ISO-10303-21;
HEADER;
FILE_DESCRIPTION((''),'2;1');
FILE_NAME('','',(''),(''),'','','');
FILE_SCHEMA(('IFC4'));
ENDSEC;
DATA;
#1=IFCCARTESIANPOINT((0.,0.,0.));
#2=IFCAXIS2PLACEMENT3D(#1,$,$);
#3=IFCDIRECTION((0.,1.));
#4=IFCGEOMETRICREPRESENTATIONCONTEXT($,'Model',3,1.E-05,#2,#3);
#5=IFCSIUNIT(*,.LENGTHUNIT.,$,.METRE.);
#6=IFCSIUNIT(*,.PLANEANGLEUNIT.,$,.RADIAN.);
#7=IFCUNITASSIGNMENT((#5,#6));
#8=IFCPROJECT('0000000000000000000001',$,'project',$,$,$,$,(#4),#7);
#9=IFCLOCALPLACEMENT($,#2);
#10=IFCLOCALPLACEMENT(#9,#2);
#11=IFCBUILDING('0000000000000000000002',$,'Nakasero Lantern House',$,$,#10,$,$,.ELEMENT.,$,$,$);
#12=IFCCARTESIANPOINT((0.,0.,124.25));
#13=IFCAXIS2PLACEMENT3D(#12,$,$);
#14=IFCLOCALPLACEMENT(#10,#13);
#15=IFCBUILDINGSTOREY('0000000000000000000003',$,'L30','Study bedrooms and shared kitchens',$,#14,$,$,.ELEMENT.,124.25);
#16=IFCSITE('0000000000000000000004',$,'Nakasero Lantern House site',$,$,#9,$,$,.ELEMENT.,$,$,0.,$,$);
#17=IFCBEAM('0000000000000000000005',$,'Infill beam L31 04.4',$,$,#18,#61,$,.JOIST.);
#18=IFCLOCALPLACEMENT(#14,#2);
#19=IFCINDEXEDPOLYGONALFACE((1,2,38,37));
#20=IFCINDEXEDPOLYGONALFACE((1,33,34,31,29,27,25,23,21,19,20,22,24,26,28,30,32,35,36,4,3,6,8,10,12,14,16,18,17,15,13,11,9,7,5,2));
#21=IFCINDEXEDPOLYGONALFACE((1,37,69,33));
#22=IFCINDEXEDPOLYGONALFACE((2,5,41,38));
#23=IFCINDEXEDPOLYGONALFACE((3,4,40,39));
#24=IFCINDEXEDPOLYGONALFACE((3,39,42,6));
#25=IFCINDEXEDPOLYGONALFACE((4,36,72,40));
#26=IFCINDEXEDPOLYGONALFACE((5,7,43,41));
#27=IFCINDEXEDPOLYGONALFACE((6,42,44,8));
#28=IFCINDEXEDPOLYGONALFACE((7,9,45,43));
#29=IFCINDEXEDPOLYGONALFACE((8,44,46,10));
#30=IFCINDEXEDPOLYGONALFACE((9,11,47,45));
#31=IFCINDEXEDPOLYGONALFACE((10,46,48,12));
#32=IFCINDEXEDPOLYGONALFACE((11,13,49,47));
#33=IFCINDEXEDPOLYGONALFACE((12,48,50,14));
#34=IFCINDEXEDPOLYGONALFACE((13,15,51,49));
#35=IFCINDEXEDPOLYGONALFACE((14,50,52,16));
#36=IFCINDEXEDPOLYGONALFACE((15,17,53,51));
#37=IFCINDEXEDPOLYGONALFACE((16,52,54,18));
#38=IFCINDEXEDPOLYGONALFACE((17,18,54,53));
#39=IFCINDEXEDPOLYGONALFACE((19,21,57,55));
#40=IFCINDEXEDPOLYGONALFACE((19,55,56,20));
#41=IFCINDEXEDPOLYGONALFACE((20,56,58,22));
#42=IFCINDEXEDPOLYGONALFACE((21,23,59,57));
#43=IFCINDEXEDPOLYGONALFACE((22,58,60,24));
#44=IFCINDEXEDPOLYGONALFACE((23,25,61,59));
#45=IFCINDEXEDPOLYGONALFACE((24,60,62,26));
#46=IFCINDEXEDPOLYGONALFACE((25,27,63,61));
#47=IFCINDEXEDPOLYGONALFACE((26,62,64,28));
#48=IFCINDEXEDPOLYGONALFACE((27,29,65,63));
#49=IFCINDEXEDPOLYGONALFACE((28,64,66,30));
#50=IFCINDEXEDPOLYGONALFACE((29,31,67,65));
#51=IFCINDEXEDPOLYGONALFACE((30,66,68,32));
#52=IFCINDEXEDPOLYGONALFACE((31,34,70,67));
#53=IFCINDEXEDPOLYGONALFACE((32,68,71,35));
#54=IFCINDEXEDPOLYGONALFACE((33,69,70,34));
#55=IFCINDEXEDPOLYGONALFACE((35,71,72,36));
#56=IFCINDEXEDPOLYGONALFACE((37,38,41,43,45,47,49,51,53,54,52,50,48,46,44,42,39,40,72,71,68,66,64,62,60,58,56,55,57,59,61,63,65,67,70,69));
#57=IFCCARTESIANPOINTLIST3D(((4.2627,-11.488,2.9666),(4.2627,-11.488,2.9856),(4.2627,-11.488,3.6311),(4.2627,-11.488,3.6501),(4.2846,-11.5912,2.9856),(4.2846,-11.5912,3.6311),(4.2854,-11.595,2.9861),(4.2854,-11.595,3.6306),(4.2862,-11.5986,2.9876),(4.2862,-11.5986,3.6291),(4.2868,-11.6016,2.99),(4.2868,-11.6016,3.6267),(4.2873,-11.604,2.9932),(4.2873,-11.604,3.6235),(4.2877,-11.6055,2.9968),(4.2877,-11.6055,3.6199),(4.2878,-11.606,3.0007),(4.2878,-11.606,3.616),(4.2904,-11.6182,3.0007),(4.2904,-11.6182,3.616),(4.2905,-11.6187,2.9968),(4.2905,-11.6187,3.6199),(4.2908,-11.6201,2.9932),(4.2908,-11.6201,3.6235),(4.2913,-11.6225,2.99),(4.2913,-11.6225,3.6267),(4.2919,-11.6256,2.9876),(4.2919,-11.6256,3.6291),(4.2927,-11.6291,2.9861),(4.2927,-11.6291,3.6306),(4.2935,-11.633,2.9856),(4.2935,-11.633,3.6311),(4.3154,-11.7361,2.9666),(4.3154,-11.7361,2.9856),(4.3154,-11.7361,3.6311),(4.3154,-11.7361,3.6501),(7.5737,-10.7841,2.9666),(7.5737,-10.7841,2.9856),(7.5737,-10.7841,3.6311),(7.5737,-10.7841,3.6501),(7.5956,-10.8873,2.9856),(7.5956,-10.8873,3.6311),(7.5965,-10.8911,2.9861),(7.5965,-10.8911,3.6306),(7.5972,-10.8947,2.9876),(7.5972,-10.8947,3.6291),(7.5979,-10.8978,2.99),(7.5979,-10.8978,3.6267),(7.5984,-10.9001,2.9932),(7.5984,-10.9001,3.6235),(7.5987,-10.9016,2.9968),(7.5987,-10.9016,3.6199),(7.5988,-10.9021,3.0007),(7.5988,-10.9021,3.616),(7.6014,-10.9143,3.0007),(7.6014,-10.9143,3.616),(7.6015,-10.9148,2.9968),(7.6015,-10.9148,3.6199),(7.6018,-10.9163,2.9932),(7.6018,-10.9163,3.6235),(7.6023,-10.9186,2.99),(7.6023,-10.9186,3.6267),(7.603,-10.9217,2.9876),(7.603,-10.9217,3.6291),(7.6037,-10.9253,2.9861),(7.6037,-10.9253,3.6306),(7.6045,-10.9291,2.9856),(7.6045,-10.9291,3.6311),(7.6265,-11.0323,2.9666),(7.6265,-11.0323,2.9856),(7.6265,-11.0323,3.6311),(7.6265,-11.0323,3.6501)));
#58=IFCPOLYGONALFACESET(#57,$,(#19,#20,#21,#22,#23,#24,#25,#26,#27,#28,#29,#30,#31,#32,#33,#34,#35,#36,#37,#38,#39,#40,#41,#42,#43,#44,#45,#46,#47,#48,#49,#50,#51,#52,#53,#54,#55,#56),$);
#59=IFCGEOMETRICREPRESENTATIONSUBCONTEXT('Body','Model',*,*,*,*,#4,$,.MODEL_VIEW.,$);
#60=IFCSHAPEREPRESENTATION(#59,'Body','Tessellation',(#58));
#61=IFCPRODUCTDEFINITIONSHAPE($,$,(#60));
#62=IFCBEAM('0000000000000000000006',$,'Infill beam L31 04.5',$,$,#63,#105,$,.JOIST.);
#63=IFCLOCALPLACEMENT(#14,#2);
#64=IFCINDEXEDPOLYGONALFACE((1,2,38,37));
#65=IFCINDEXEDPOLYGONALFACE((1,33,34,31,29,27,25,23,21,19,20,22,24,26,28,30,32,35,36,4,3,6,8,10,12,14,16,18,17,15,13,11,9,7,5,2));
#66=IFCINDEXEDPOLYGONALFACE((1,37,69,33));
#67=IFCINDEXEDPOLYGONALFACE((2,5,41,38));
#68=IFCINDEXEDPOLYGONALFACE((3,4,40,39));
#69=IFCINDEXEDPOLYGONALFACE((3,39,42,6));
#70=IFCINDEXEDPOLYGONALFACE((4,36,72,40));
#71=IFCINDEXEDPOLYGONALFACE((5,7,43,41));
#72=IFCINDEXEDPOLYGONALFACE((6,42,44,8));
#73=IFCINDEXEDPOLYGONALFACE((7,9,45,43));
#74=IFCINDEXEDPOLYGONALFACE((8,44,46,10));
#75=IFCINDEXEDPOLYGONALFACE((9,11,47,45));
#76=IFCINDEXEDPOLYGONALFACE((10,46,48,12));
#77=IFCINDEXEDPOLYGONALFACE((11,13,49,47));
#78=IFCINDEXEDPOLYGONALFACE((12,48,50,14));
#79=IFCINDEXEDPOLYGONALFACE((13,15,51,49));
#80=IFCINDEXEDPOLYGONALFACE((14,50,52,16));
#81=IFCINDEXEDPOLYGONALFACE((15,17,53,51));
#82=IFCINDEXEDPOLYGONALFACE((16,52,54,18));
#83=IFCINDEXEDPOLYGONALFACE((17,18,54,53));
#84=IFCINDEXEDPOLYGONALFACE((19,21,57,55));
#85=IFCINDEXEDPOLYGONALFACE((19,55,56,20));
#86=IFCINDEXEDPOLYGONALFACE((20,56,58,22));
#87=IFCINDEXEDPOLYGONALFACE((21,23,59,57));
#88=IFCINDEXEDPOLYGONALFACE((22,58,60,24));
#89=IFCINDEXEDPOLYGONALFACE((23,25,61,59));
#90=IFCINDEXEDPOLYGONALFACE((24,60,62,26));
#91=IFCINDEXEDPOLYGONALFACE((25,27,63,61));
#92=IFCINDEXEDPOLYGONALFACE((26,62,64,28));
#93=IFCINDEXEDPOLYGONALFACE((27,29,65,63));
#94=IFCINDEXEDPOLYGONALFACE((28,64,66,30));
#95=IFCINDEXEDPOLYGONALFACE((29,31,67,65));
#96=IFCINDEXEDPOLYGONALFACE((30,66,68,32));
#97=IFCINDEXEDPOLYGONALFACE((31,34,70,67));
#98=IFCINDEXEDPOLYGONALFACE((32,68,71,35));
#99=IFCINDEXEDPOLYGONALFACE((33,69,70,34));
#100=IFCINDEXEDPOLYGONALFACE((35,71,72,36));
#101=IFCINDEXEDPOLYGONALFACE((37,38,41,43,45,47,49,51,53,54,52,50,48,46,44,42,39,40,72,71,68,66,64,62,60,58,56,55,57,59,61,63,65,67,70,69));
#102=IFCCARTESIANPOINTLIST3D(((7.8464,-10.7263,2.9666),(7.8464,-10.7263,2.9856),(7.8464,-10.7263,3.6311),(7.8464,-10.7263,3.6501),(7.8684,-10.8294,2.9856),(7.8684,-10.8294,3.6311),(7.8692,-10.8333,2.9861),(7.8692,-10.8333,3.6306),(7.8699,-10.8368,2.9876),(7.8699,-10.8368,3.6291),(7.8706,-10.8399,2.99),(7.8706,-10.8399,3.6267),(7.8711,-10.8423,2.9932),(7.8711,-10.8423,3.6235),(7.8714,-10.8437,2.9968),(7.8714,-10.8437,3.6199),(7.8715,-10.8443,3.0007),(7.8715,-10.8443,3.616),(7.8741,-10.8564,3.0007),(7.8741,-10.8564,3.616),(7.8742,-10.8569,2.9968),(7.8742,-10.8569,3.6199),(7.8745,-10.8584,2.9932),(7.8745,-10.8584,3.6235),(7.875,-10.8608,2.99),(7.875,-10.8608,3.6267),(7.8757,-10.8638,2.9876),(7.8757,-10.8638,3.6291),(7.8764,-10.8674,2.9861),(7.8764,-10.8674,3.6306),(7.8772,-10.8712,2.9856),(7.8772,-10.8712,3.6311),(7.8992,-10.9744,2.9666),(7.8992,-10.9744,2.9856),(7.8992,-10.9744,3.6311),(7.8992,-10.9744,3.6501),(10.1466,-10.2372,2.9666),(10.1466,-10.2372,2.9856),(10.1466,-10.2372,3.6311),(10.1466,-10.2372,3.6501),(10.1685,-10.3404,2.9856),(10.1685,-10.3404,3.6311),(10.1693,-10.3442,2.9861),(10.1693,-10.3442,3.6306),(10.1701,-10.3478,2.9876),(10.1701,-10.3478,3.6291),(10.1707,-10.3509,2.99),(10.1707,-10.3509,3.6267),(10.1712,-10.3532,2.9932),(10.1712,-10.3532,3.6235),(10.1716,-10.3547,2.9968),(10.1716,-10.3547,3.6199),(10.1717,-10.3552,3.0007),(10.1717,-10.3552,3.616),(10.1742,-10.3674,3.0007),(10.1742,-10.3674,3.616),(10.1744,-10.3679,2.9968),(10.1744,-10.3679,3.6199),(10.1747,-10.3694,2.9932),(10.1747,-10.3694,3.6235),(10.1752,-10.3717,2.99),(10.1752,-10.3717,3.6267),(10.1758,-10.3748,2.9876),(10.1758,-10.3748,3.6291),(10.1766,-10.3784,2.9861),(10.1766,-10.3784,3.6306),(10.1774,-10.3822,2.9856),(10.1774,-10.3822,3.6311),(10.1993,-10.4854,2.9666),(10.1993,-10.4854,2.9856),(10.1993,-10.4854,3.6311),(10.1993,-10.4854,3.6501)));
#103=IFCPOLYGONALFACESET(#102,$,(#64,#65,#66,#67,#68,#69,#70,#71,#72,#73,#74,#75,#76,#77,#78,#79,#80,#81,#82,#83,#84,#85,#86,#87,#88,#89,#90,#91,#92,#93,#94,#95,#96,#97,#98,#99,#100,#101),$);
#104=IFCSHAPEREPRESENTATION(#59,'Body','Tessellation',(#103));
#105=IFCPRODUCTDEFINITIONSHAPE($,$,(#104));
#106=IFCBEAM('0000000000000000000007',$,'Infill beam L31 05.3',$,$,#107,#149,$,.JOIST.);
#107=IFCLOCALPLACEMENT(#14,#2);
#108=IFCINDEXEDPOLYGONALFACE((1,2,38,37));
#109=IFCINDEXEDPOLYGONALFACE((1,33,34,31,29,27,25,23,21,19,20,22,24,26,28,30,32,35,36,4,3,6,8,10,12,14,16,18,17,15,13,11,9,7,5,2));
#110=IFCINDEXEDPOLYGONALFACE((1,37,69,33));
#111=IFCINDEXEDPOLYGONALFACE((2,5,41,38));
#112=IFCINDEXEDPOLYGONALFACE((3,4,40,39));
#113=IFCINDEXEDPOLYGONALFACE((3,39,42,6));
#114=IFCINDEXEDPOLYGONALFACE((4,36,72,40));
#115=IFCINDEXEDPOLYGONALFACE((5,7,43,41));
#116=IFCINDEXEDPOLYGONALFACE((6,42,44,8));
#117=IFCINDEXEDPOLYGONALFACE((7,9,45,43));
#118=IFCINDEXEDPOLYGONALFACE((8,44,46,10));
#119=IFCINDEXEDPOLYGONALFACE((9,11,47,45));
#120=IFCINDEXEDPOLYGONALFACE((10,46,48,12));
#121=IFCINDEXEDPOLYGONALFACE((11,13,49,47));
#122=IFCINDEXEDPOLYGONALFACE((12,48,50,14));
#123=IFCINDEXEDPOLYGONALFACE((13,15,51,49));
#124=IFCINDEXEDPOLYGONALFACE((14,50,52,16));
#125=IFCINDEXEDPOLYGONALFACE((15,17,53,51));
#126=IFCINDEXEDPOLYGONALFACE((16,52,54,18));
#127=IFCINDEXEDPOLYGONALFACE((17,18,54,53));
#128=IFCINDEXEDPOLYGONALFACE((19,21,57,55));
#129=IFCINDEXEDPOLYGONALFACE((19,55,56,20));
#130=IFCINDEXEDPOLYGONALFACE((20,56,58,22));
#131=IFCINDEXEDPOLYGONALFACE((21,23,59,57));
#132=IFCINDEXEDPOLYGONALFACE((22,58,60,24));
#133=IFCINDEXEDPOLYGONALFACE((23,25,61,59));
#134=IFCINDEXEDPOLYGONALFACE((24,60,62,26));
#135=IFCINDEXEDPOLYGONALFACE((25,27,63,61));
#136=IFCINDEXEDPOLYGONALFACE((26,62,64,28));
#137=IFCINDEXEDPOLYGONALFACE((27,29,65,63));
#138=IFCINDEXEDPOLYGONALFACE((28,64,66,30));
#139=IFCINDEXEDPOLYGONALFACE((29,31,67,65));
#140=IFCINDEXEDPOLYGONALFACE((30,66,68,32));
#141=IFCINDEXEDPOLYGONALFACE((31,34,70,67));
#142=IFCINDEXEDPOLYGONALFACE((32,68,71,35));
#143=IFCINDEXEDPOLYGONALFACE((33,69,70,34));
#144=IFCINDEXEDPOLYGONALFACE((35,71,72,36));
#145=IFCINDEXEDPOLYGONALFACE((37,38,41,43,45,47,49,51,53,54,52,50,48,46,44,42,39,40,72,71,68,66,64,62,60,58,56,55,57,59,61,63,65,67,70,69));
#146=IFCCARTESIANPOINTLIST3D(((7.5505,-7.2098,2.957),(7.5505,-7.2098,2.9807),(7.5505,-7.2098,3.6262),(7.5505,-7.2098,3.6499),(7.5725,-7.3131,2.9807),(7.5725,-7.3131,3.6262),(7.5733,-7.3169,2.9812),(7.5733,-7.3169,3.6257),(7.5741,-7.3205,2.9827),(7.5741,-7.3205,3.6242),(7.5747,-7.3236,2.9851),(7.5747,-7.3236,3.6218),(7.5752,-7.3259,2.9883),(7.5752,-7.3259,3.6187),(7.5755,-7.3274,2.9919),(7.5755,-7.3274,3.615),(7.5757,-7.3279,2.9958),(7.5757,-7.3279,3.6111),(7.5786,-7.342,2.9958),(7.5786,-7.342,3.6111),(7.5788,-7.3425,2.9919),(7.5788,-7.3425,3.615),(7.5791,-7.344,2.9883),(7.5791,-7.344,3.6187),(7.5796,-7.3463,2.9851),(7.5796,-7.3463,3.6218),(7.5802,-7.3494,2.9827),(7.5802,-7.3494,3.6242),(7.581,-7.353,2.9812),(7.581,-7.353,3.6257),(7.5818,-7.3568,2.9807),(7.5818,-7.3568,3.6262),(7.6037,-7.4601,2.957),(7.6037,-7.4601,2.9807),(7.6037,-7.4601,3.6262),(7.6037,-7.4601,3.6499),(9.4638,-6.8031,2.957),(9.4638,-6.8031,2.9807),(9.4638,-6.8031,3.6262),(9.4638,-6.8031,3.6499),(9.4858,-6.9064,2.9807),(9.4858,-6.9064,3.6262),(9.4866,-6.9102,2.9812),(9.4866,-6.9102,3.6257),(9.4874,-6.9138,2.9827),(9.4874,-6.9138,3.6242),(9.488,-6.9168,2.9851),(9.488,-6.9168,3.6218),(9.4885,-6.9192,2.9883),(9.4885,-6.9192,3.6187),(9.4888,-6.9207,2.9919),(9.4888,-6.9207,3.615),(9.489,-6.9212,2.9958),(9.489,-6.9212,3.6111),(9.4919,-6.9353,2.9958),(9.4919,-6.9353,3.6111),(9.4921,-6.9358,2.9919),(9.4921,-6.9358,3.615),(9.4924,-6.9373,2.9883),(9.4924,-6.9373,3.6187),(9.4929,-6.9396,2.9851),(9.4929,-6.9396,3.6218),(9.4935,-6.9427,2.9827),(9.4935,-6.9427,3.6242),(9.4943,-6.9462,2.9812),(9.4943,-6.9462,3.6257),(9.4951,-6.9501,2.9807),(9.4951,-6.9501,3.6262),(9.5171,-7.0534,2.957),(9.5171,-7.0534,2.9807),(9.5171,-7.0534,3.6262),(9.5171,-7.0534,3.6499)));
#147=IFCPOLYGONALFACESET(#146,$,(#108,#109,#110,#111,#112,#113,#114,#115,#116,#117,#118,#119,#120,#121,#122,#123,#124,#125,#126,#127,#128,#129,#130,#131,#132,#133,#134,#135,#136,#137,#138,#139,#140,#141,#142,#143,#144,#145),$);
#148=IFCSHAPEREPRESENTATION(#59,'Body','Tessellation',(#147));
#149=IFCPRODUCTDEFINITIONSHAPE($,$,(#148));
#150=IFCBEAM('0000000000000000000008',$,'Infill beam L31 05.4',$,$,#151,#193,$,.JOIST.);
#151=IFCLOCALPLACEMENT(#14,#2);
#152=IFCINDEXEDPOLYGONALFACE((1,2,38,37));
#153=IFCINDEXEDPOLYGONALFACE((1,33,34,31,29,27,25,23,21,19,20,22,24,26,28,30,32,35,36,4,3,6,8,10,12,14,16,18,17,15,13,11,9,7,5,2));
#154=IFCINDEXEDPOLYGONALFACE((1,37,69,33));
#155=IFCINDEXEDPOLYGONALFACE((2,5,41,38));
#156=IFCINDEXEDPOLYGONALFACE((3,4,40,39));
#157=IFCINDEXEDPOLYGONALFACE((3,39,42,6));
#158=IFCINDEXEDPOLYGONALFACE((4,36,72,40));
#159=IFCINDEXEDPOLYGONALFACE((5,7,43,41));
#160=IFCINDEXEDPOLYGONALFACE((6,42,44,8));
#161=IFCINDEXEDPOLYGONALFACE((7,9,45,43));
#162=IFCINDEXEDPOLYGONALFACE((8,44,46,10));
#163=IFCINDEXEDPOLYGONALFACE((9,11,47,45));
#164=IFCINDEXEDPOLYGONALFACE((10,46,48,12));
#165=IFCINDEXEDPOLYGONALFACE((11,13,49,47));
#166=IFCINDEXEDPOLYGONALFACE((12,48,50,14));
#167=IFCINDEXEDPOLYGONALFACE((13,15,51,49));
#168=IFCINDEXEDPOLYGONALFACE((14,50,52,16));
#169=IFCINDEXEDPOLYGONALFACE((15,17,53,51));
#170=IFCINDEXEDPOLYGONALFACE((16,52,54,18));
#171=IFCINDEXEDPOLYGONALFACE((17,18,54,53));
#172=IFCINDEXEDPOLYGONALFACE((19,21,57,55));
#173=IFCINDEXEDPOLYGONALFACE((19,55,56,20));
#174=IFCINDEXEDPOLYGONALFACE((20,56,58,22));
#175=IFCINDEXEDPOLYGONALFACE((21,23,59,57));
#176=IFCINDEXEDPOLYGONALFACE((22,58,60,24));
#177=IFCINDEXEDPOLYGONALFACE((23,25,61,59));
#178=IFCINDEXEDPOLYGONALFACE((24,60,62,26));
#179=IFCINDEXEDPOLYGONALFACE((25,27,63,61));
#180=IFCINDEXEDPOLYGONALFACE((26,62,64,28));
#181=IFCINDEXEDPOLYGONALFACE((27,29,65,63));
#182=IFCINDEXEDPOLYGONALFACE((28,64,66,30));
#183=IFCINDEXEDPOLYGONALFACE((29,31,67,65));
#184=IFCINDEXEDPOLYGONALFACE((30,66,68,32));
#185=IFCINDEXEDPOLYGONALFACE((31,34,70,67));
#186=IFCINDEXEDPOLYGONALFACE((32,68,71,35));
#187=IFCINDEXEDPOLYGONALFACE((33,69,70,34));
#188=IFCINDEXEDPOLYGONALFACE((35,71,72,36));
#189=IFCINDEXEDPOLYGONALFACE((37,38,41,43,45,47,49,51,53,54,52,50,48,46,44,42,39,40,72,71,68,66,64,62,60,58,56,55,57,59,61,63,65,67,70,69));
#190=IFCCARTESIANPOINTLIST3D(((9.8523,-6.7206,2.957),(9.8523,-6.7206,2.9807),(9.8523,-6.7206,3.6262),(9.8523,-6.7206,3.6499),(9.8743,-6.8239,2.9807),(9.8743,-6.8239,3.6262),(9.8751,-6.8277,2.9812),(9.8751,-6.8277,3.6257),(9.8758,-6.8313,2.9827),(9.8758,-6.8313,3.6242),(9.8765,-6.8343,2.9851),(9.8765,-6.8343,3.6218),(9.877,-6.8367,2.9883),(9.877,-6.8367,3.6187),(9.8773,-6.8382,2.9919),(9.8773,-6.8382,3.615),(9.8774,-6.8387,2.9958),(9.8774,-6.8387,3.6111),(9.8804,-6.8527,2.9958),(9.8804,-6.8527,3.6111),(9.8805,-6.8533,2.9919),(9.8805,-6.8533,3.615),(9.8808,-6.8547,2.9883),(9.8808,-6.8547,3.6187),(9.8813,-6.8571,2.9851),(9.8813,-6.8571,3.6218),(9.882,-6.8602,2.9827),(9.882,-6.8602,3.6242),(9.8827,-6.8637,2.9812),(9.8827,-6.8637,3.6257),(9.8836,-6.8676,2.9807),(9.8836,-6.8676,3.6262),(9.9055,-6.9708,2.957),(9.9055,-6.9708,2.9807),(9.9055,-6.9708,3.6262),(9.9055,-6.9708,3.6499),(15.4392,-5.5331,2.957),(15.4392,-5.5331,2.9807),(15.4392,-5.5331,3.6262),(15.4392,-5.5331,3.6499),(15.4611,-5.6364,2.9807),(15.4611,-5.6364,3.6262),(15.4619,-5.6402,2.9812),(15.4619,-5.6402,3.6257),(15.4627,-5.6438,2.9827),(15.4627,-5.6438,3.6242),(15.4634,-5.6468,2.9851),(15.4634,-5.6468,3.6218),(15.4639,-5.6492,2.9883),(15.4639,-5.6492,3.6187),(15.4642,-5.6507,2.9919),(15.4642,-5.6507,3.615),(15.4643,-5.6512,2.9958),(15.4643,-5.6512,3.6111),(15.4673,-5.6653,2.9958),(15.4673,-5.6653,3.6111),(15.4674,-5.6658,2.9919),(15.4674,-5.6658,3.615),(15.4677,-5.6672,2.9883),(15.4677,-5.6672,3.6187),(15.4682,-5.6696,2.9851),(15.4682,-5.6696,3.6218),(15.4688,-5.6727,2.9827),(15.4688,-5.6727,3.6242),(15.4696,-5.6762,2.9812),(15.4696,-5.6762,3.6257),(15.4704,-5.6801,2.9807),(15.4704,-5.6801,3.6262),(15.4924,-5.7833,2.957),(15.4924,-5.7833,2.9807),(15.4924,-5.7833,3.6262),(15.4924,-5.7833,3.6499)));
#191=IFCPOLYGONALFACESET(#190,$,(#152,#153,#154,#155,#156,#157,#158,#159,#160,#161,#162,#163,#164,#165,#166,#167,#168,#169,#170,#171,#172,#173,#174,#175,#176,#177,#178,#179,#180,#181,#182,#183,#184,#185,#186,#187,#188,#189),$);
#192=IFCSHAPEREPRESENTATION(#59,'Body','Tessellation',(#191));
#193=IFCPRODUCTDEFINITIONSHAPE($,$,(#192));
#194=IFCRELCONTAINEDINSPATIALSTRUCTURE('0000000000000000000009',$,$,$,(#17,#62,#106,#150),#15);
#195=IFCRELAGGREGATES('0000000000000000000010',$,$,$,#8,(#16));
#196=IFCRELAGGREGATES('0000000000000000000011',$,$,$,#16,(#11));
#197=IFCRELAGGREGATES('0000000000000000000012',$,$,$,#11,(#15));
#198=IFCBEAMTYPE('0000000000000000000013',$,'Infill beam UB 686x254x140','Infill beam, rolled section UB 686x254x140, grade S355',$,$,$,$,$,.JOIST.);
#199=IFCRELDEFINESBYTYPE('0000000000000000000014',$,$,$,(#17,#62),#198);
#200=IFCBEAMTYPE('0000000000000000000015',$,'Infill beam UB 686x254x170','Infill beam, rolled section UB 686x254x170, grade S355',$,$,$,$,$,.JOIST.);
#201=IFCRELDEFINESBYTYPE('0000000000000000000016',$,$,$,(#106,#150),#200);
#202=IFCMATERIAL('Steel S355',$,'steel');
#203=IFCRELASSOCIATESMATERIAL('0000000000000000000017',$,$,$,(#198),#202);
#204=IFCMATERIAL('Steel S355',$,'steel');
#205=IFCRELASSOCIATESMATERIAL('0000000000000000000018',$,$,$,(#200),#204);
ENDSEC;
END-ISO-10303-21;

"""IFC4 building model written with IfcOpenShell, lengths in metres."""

from ifc_helpers import new_model, si_unit, direction, frame, origin, origin_2d, place, context, subcontext, project, spatial, i_section, extrude, material, material_profile, profile_set, type_object, element, save


model = new_model("IFC4")

# Units and contexts
model_context = context("Model", 3, precision=1e-05, world=origin(), true_north=direction((0.0, 1.0)))
body_context = subcontext(model_context, "Body", "Model", "MODEL_VIEW")
ifc_project = project(units=[si_unit("LENGTHUNIT", "METRE"), si_unit("PLANEANGLEUNIT", "RADIAN")], contexts=[model_context])

# Site, building, storey
site_placement = place(None, origin())
site = spatial("IfcSite", under=ifc_project, at=site_placement, Name="Nakasero Lantern House site", CompositionType="ELEMENT", RefElevation=0.0)
building_placement = place(site_placement, origin())
building = spatial("IfcBuilding", under=site, at=building_placement, Name="Nakasero Lantern House", CompositionType="ELEMENT")
storey_placement = place(building_placement, frame((0.0, 0.0, 124.25)))
storey = spatial("IfcBuildingStorey", under=building, at=storey_placement, Name="L30", Description="Study bedrooms and shared kitchens", CompositionType="ELEMENT", Elevation=124.25)

# Beams
ifc_material_1 = material(Name="Steel S355", Category="steel")
ifc_material_profile_1 = material_profile(ifc_material_1, i_section(OverallWidth=0.2537, OverallDepth=0.6836, WebThickness=0.0125, FlangeThickness=0.019, FilletRadius=0.0151, at=origin_2d()), Name="UB 686x254x140")
ifc_profile_set_1 = profile_set([ifc_material_profile_1], Name="Steel S355")
beam_type_1 = type_object("IfcBeamType", Name="Infill beam UB 686x254x140", Description="Infill beam, rolled section UB 686x254x140, grade S355", PredefinedType="JOIST", material=ifc_profile_set_1)
beam_1_placement = place(storey_placement, frame((4.2891, -11.6121, 3.3083), z_axis=(0.978143, 0.207933, 0.0), x_axis=(-0.207933, 0.978143, 0.0)))
element("IfcBeam", 1, at=beam_1_placement, inside=storey, type_object=beam_type_1, Name="Infill beam L31 04.4", PredefinedType="JOIST", context=body_context, shape_type="SweptSolid", body=[
    extrude(i_section(OverallWidth=0.2537, OverallDepth=0.6836, WebThickness=0.0125, FlangeThickness=0.019, FilletRadius=0.0151, at=origin_2d()), origin(), (0.0, 0.0, 1.0), 3.385),
])
beam_2_placement = place(storey_placement, frame((7.8728, -10.8503, 3.3083), z_axis=(0.978137, 0.207962, 0.0), x_axis=(-0.207962, 0.978137, 0.0)))
element("IfcBeam", 2, at=beam_2_placement, inside=storey, type_object=beam_type_1, Name="Infill beam L31 04.5", PredefinedType="JOIST", context=body_context, shape_type="SweptSolid", body=[
    extrude(i_section(OverallWidth=0.2537, OverallDepth=0.6836, WebThickness=0.0125, FlangeThickness=0.019, FilletRadius=0.0151, at=origin_2d()), origin(), (0.0, 0.0, 1.0), 2.3516),
])
ifc_material_2 = material(Name="Steel S355", Category="steel")
ifc_material_profile_2 = material_profile(ifc_material_2, i_section(OverallWidth=0.2559, OverallDepth=0.6929, WebThickness=0.0144, FlangeThickness=0.0237, FilletRadius=0.0151, at=origin_2d()), Name="UB 686x254x170")
ifc_profile_set_2 = profile_set([ifc_material_profile_2], Name="Steel S355")
beam_type_2 = type_object("IfcBeamType", Name="Infill beam UB 686x254x170", Description="Infill beam, rolled section UB 686x254x170, grade S355", PredefinedType="JOIST", material=ifc_profile_set_2)
beam_3_placement = place(storey_placement, frame((7.5771, -7.335, 3.3035), z_axis=(0.978143, 0.207935, 0.0), x_axis=(-0.207935, 0.978143, 0.0)))
element("IfcBeam", 3, at=beam_3_placement, inside=storey, type_object=beam_type_2, Name="Infill beam L31 05.3", PredefinedType="JOIST", context=body_context, shape_type="SweptSolid", body=[
    extrude(i_section(OverallWidth=0.2559, OverallDepth=0.6929, WebThickness=0.0144, FlangeThickness=0.0237, FilletRadius=0.0151, at=origin_2d()), origin(), (0.0, 0.0, 1.0), 1.9561),
])
beam_4_placement = place(storey_placement, frame((9.8789, -6.8457, 3.3035), z_axis=(0.978149, 0.207906, 0.0), x_axis=(-0.207906, 0.978149, 0.0)))
element("IfcBeam", 4, at=beam_4_placement, inside=storey, type_object=beam_type_2, Name="Infill beam L31 05.4", PredefinedType="JOIST", context=body_context, shape_type="SweptSolid", body=[
    extrude(i_section(OverallWidth=0.2559, OverallDepth=0.6929, WebThickness=0.0144, FlangeThickness=0.0237, FilletRadius=0.0151, at=origin_2d()), origin(), (0.0, 0.0, 1.0), 5.7117),
])

save(model, "model.ifc")
